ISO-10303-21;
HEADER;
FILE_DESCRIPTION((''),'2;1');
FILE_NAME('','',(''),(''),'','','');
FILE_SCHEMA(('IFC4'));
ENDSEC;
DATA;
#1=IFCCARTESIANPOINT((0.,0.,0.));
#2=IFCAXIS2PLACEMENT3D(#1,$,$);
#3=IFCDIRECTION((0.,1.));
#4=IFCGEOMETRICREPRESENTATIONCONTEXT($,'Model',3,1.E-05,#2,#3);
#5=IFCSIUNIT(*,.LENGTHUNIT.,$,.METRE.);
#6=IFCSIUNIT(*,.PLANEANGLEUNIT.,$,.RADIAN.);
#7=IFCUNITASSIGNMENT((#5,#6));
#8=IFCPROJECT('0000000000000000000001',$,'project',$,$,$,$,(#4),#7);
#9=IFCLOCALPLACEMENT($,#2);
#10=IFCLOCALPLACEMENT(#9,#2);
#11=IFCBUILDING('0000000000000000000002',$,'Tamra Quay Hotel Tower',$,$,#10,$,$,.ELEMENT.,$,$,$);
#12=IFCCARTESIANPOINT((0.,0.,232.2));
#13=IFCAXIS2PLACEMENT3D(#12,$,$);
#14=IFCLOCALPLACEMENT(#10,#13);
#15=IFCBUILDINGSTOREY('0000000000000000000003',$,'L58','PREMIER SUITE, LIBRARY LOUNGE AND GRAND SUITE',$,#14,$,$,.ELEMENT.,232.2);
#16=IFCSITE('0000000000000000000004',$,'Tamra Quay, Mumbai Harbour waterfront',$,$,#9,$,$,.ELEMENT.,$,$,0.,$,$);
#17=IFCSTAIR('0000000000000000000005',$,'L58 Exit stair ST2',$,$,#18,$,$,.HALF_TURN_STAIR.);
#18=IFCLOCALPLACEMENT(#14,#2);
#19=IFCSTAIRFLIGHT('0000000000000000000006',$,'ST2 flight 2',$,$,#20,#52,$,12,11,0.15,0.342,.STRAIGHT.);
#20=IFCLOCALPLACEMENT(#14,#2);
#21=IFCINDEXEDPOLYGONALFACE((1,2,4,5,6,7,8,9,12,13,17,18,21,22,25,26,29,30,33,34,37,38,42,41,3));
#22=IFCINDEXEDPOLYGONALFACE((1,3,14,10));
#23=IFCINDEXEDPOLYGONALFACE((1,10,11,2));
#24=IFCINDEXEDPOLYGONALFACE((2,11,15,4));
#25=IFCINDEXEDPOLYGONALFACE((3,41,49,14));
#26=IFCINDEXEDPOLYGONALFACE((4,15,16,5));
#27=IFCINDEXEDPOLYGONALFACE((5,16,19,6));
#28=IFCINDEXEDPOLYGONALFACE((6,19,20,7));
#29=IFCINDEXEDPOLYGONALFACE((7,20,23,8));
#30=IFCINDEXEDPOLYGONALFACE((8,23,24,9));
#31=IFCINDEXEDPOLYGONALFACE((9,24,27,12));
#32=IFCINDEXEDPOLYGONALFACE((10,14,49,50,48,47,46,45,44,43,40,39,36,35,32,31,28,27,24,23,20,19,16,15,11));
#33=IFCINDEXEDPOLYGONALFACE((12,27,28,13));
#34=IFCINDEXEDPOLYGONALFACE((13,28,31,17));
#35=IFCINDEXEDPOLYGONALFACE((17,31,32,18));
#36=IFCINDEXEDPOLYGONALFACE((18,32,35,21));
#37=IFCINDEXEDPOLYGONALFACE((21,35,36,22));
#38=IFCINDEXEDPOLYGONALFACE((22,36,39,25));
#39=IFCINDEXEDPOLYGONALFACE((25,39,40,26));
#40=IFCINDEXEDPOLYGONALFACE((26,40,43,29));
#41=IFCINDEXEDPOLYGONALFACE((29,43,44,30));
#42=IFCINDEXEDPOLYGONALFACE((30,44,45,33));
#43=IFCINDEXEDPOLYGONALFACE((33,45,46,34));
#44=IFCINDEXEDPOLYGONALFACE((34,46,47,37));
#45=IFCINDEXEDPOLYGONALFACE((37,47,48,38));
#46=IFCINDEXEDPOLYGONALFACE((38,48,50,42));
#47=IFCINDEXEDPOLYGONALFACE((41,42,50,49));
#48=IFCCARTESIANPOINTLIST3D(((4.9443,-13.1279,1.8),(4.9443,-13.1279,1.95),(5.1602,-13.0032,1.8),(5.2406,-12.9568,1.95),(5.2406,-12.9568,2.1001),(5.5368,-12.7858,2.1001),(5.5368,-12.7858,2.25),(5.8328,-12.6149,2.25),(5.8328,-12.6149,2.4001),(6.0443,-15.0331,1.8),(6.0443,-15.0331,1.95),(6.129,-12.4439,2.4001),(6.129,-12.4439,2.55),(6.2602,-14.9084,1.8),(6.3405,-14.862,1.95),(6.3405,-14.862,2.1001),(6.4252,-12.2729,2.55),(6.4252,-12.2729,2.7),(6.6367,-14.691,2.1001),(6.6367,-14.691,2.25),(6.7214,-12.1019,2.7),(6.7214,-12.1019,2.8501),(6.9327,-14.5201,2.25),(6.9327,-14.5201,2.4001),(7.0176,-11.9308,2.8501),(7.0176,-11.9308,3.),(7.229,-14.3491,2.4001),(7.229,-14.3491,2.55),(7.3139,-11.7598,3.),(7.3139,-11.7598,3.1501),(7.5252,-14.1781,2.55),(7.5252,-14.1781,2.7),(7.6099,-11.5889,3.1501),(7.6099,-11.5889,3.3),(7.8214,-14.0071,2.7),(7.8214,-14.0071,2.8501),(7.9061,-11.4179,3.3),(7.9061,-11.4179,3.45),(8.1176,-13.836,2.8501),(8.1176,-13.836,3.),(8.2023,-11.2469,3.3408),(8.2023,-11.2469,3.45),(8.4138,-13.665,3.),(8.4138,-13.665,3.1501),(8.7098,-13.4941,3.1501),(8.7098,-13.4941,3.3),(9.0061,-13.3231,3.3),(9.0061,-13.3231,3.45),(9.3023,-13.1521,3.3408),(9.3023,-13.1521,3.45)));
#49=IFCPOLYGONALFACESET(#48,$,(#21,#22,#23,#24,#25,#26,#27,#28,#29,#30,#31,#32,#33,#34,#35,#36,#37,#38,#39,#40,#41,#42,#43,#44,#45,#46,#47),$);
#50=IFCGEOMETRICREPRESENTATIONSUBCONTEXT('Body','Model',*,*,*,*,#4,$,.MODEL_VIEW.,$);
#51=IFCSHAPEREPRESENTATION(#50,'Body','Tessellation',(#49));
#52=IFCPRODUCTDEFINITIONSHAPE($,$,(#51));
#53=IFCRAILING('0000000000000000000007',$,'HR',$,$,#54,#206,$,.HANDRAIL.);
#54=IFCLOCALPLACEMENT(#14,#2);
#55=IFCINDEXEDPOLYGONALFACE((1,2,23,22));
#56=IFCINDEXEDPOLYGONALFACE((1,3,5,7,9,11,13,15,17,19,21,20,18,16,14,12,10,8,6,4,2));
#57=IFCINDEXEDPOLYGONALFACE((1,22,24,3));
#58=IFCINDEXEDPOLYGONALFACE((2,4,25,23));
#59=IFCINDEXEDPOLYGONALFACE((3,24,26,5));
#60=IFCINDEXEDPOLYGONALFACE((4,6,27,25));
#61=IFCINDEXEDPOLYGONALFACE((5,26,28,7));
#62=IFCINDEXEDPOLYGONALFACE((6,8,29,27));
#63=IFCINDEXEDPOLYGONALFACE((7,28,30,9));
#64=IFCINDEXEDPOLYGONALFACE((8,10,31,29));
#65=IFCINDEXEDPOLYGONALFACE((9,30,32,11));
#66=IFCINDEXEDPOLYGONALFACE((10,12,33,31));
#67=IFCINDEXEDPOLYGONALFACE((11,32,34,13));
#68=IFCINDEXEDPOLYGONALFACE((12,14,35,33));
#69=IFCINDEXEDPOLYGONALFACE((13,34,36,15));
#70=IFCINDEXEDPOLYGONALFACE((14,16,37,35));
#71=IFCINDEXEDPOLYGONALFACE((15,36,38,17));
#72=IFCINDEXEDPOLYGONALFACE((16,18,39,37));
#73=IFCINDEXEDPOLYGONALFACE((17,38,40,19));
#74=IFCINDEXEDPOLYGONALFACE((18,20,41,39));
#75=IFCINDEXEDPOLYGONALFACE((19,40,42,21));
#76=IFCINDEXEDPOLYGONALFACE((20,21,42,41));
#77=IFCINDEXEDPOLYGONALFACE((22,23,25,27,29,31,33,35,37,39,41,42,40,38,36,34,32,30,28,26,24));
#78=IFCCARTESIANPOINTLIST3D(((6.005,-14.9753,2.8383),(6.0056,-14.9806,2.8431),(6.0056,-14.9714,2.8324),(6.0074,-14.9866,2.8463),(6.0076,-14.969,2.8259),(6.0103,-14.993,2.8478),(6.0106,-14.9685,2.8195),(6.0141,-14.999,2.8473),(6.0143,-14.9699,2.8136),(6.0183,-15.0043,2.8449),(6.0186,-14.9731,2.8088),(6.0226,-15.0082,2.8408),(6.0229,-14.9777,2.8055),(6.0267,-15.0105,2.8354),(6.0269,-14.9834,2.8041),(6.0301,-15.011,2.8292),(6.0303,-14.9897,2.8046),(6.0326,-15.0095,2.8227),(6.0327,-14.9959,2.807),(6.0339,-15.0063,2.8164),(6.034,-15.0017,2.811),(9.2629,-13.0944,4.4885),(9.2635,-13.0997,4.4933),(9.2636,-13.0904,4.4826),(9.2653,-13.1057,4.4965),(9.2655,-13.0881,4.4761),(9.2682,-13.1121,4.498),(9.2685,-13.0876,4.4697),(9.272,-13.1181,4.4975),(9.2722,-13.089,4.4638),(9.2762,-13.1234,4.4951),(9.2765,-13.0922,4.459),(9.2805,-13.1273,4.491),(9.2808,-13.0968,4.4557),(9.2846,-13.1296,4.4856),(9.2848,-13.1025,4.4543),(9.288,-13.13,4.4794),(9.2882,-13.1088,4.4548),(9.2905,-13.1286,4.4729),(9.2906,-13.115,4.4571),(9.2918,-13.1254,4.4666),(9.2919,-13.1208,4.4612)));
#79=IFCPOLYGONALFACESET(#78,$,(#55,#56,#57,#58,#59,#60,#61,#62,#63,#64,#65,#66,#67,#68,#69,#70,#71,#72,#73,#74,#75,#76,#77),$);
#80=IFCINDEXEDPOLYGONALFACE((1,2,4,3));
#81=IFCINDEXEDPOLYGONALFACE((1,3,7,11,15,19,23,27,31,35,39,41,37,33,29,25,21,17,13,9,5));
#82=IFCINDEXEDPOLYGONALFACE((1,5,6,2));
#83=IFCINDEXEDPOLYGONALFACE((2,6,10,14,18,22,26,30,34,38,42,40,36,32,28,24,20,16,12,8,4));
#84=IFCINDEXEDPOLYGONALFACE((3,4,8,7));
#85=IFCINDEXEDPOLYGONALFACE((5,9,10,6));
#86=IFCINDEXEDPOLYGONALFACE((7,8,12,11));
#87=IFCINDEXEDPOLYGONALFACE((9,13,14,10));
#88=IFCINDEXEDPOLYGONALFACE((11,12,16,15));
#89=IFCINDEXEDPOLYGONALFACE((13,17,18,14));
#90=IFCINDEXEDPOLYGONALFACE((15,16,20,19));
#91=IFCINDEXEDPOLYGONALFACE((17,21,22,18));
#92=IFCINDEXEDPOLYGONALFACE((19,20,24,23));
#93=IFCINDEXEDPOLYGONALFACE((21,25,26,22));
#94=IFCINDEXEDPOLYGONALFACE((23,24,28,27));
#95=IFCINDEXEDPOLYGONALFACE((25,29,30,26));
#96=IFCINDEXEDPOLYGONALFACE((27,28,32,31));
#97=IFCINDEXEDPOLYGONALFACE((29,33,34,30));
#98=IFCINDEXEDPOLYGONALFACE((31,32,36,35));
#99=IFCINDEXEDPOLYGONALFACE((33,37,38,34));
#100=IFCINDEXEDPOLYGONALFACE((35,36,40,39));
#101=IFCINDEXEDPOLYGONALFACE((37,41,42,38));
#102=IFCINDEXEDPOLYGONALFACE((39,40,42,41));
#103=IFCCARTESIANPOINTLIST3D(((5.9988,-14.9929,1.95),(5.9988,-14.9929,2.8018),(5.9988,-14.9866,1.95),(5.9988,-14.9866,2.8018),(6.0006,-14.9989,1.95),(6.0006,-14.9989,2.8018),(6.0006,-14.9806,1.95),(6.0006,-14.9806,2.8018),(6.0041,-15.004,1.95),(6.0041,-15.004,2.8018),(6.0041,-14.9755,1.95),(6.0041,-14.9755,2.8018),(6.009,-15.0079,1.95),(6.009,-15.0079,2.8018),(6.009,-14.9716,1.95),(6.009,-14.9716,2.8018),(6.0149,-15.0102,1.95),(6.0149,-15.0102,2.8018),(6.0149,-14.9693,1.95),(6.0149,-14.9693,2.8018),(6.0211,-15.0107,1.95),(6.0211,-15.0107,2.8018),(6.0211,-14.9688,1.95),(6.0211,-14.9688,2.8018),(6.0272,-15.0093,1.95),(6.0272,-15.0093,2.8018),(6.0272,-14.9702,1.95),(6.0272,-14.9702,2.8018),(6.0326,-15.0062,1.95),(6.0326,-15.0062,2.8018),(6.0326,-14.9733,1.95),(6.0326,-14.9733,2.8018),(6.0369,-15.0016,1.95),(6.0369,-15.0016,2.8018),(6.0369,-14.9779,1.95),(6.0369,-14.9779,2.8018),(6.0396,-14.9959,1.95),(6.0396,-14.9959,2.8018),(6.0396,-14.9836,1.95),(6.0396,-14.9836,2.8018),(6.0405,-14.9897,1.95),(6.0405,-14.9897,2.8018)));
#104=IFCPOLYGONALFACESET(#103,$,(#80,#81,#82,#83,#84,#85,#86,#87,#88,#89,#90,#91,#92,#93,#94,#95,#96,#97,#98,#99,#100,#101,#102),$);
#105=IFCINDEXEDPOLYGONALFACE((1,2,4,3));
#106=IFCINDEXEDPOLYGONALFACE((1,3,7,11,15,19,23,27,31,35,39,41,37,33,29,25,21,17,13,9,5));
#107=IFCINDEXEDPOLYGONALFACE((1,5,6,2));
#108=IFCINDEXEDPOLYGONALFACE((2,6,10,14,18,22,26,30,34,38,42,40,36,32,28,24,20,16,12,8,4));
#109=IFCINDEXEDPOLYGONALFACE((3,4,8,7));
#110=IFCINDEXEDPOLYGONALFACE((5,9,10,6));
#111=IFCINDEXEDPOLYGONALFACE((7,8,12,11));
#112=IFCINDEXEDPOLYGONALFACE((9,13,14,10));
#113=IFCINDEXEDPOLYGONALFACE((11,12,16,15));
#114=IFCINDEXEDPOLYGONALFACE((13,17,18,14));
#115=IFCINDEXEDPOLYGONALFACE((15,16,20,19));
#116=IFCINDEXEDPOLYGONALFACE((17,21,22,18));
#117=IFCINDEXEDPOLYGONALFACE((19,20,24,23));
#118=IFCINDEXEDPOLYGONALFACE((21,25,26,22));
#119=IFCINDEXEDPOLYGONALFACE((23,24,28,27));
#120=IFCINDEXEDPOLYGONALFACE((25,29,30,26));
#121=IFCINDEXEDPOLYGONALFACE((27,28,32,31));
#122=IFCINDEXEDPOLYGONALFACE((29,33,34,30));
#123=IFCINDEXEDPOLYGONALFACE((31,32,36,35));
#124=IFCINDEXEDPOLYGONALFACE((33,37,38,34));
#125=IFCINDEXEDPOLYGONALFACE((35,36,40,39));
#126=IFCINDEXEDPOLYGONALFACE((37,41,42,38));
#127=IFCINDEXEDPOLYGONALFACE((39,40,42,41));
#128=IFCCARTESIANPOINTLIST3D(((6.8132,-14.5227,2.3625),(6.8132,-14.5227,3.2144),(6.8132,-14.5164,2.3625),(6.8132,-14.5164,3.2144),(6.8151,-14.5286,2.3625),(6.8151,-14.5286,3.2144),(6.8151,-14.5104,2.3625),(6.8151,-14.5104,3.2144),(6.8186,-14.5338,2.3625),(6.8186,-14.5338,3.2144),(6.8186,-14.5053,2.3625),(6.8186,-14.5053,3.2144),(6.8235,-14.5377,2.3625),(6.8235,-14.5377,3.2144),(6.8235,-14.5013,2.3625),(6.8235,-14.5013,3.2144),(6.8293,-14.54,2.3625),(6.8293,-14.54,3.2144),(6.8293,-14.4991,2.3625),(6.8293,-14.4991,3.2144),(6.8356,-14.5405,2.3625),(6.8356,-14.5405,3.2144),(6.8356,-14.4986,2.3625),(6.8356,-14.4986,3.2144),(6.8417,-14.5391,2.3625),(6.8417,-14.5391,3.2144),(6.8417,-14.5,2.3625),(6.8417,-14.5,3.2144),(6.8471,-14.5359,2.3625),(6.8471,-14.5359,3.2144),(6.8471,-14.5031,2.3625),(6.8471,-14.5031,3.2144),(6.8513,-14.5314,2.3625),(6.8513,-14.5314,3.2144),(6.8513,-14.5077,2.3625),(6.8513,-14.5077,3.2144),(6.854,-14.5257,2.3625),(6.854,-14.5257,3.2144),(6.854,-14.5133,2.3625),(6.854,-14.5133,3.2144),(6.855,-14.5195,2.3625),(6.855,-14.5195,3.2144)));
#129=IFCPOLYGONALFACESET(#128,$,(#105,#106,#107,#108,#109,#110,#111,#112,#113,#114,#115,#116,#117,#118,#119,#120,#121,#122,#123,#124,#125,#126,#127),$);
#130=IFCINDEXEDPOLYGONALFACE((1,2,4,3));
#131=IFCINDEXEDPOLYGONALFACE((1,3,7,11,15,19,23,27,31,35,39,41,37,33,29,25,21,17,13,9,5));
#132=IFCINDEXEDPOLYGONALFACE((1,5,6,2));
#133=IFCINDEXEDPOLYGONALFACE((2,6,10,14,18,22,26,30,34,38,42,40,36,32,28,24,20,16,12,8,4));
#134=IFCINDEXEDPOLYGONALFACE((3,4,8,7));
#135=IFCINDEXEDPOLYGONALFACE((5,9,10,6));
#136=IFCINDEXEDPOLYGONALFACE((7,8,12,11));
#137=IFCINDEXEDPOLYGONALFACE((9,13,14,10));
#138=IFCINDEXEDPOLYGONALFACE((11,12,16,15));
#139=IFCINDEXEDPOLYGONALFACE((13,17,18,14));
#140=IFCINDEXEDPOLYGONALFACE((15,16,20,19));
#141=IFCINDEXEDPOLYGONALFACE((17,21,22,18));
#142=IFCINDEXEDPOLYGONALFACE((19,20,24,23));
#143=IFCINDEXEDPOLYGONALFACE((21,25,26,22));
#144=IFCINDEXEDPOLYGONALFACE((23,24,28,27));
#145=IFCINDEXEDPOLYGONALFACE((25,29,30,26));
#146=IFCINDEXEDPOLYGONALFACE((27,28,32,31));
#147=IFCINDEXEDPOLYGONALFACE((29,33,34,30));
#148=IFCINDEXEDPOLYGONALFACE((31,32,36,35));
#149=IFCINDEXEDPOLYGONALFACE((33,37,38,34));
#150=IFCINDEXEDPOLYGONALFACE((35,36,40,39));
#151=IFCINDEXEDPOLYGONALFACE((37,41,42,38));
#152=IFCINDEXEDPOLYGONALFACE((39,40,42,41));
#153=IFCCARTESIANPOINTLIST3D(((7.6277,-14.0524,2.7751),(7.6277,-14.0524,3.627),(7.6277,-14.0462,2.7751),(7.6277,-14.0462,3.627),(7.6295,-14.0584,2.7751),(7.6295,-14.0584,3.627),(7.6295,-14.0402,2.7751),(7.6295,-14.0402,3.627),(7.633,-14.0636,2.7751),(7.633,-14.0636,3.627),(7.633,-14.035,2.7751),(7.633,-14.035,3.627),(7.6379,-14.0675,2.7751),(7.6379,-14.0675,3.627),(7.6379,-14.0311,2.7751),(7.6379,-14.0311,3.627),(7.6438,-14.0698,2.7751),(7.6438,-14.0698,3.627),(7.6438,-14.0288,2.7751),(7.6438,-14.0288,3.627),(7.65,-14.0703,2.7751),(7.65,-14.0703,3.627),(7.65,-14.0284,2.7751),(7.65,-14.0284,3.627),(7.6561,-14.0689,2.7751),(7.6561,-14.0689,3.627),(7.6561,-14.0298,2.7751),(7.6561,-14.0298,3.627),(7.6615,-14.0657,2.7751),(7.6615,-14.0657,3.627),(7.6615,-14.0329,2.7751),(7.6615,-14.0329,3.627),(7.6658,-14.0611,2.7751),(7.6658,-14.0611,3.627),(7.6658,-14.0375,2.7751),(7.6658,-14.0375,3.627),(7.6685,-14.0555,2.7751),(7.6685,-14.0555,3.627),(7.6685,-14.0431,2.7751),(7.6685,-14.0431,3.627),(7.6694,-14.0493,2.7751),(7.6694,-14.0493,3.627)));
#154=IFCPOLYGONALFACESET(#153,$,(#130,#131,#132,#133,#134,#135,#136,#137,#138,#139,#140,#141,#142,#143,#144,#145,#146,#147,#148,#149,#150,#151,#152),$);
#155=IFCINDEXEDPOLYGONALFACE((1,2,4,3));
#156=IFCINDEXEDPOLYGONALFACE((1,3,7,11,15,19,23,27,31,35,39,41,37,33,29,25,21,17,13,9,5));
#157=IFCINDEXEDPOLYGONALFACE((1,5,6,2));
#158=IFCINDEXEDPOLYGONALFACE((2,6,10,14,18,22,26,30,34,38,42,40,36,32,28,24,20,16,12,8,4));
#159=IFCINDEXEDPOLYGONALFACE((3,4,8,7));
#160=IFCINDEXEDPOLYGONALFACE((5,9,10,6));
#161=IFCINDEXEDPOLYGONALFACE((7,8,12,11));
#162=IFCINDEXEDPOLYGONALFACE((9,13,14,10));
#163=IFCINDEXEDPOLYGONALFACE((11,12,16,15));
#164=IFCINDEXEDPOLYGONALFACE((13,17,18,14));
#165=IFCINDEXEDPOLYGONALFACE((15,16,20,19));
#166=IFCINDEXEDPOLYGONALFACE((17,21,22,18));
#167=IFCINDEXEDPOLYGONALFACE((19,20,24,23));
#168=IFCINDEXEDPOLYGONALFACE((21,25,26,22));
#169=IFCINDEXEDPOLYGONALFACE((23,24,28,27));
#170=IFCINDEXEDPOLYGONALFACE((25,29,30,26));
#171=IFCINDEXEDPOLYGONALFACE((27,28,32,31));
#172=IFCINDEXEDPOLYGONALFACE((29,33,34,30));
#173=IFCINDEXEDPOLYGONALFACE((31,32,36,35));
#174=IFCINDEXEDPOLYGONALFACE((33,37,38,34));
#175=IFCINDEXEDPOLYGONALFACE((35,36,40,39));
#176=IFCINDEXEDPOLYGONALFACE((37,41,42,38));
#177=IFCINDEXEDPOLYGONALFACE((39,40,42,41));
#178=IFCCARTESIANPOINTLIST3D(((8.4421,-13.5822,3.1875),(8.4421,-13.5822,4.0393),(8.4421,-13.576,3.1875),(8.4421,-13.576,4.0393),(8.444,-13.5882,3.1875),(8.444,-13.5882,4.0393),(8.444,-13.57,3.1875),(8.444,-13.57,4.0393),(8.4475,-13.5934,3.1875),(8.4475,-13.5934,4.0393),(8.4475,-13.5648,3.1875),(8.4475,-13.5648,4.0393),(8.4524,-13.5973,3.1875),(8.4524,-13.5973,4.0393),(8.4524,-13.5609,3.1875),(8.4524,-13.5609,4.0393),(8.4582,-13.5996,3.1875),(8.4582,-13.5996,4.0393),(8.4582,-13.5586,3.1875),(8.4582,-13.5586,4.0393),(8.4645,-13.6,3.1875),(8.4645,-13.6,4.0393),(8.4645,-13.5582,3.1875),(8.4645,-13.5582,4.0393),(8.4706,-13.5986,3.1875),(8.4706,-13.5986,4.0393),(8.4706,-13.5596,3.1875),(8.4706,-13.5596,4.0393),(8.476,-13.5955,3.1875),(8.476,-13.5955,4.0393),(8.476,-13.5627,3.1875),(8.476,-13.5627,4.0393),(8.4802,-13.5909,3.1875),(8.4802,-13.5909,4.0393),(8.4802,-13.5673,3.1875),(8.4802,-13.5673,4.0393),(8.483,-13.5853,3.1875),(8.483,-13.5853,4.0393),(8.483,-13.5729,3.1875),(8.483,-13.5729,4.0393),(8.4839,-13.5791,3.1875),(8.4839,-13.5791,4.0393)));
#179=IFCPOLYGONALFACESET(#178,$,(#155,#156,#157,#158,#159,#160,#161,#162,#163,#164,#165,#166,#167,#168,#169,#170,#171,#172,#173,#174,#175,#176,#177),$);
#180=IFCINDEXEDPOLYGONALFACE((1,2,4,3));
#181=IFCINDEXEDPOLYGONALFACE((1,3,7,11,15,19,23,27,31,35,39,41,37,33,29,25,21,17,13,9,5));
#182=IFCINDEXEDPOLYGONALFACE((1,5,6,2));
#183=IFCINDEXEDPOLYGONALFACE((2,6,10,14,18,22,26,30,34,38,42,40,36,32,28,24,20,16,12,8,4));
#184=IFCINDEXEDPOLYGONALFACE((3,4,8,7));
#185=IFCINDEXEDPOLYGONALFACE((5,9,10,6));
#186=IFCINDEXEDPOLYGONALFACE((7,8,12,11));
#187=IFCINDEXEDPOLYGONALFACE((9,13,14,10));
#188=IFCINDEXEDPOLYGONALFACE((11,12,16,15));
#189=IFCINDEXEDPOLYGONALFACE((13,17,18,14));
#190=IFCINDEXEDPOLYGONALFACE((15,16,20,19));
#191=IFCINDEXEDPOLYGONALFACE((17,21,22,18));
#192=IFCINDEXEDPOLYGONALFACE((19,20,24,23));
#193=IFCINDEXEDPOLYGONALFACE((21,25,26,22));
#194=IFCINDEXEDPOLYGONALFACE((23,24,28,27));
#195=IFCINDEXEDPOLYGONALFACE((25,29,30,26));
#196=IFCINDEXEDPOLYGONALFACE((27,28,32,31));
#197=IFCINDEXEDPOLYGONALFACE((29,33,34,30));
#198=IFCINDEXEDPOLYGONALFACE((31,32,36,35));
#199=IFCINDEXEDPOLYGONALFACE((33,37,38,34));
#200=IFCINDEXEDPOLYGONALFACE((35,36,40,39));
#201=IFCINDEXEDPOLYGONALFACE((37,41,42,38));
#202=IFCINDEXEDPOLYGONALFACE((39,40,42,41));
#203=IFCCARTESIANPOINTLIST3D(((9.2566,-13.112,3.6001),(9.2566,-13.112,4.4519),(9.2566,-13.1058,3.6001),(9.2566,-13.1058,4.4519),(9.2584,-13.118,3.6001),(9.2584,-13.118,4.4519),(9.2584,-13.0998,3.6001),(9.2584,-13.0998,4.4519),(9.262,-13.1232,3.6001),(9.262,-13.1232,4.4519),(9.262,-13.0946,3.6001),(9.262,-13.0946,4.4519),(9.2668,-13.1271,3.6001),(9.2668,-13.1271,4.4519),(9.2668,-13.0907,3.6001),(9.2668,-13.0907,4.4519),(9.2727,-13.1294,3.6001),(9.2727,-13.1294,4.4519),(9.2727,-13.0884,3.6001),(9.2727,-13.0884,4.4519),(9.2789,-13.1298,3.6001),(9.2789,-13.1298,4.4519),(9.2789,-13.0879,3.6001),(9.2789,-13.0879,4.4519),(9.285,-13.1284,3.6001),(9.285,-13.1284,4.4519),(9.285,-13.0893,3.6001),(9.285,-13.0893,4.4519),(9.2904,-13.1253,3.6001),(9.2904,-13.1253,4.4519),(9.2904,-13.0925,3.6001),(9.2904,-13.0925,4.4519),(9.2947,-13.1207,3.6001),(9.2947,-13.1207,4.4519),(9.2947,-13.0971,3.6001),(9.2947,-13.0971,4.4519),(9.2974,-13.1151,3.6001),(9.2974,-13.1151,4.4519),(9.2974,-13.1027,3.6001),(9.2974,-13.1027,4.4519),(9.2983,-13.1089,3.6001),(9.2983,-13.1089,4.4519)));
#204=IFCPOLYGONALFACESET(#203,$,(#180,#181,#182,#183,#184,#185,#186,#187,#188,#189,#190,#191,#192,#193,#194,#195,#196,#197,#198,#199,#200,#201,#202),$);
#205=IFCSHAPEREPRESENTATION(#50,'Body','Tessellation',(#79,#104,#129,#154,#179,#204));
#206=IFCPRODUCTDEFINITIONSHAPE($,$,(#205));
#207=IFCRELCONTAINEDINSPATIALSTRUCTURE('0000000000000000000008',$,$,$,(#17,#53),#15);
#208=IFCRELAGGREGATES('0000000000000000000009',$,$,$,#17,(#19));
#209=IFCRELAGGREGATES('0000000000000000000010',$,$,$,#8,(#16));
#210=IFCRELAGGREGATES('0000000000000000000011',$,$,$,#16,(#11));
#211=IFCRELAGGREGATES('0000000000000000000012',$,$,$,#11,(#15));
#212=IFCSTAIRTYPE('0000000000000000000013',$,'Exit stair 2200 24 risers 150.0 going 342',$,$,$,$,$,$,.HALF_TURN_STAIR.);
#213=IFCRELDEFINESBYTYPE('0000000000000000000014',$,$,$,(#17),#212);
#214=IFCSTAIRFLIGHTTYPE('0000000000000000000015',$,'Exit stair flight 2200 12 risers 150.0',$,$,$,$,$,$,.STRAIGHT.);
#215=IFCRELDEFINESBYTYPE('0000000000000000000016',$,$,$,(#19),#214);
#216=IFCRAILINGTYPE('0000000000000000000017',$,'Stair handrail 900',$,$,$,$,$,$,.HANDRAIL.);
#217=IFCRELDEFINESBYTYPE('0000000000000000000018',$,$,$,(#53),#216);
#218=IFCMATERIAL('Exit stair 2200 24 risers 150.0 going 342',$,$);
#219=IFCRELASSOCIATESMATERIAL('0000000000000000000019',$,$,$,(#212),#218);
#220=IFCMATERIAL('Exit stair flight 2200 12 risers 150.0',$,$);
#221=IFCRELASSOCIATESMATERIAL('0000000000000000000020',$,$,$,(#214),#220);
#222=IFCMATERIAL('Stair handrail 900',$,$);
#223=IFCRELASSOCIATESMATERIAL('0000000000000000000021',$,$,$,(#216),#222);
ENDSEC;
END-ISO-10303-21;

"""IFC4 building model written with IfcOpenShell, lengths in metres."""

from ifc_helpers import new_model, si_unit, direction, frame, origin, origin_2d, place, context, subcontext, project, spatial, polyline, circle, outline, extrude, material, type_object, element, aggregate, save


model = new_model("IFC4")

# Units and contexts
model_context = context("Model", 3, precision=1e-05, world=origin(), true_north=direction((0.0, 1.0)))
body_context = subcontext(model_context, "Body", "Model", "MODEL_VIEW")
ifc_project = project(units=[si_unit("LENGTHUNIT", "METRE"), si_unit("PLANEANGLEUNIT", "RADIAN")], contexts=[model_context])

# Site, building, storey
site_placement = place(None, origin())
site = spatial("IfcSite", under=ifc_project, at=site_placement, Name="Tamra Quay, Mumbai Harbour waterfront", CompositionType="ELEMENT", RefElevation=0.0)
building_placement = place(site_placement, origin())
building = spatial("IfcBuilding", under=site, at=building_placement, Name="Tamra Quay Hotel Tower", CompositionType="ELEMENT")
storey_placement = place(building_placement, frame((0.0, 0.0, 232.2)))
storey = spatial("IfcBuildingStorey", under=building, at=storey_placement, Name="L58", Description="PREMIER SUITE, LIBRARY LOUNGE AND GRAND SUITE", CompositionType="ELEMENT", Elevation=232.2)

# Stair, stair flight
ifc_material_1 = material(Name="Exit stair 2200 24 risers 150.0 going 342")
stair_type = type_object("IfcStairType", Name="Exit stair 2200 24 risers 150.0 going 342", PredefinedType="HALF_TURN_STAIR", material=ifc_material_1)
stair_placement = place(storey_placement, origin())
stair = element("IfcStair", 1, at=stair_placement, inside=storey, type_object=stair_type, Name="L58 Exit stair ST2", PredefinedType="HALF_TURN_STAIR")
ifc_material_2 = material(Name="Exit stair flight 2200 12 risers 150.0")
stair_flight_type = type_object("IfcStairFlightType", Name="Exit stair flight 2200 12 risers 150.0", PredefinedType="STRAIGHT", material=ifc_material_2)
stair_flight_1_placement = place(storey_placement, frame((5.4944, -14.0806, 1.8), z_axis=(0.0, 0.0, 1.0), x_axis=(0.866025, 0.5, 0.0)))
stair_flight_1 = element("IfcStairFlight", 2, at=stair_flight_1_placement, type_object=stair_flight_type, Name="ST2 flight 2", NumberOfRisers=12, NumberOfTreads=11, PredefinedType="STRAIGHT", RiserHeight=0.15, TreadLength=0.342, context=body_context, shape_type="SweptSolid", body=[
    extrude(outline(polyline([(0.0, 0.0), (0.0, 0.1499), (0.342, 0.1499), (0.342, 0.3), (0.6841, 0.3), (0.6841, 0.45), (1.0259, 0.45), (1.0259, 0.6001), (1.3679, 0.6001), (1.3679, 0.75), (1.71, 0.75), (1.71, 0.8999), (2.052, 0.8999), (2.052, 1.05), (2.394, 1.05), (2.394, 1.2), (2.7361, 1.2), (2.7361, 1.3501), (3.0779, 1.3501), (3.0779, 1.5), (3.4199, 1.5), (3.4199, 1.6499), (3.762, 1.6499), (3.762, 1.8), (3.762, 1.5408), (0.2493, 0.0), (0.0, 0.0)])), frame((0.0, 1.1001, 0.0), z_axis=(0.0, -1.0, 0.0), x_axis=(1.0, 0.0, 0.0)), (0.0, 0.0, 1.0), 2.2),
])
aggregate(stair, [stair_flight_1])

# Railing
ifc_material_3 = material(Name="Stair handrail 900")
railing_type_1 = type_object("IfcRailingType", Name="Stair handrail 900", PredefinedType="HANDRAIL", material=ifc_material_3)
railing_1_placement = place(storey_placement, frame((6.0195, -14.9897, 1.95)))
element("IfcRailing", 3, at=railing_1_placement, inside=storey, type_object=railing_type_1, Name="HR", PredefinedType="HANDRAIL", context=body_context, shape_type="SweptSolid", body=[
    extrude(circle(Radius=0.0239, at=origin_2d()), frame((0.0, 0.0, 0.876), z_axis=(0.793081, 0.457876, 0.401711), x_axis=(-0.499992, 0.86603, 0.0)), (0.0, 0.0, 1.0), 4.1079),
    extrude(circle(Radius=0.021, at=origin_2d()), origin(), (0.0, 0.0, 1.0), 0.8518),
    extrude(circle(Radius=0.021, at=origin_2d()), frame((0.8145, 0.4702, 0.4126)), (0.0, 0.0, 1.0), 0.8518),
    extrude(circle(Radius=0.021, at=origin_2d()), frame((1.6289, 0.9404, 0.8252)), (0.0, 0.0, 1.0), 0.8518),
    extrude(circle(Radius=0.021, at=origin_2d()), frame((2.4434, 1.4106, 1.2375)), (0.0, 0.0, 1.0), 0.8518),
    extrude(circle(Radius=0.021, at=origin_2d()), frame((3.2578, 1.8809, 1.6501)), (0.0, 0.0, 1.0), 0.8518),
])

save(model, "model.ifc")
